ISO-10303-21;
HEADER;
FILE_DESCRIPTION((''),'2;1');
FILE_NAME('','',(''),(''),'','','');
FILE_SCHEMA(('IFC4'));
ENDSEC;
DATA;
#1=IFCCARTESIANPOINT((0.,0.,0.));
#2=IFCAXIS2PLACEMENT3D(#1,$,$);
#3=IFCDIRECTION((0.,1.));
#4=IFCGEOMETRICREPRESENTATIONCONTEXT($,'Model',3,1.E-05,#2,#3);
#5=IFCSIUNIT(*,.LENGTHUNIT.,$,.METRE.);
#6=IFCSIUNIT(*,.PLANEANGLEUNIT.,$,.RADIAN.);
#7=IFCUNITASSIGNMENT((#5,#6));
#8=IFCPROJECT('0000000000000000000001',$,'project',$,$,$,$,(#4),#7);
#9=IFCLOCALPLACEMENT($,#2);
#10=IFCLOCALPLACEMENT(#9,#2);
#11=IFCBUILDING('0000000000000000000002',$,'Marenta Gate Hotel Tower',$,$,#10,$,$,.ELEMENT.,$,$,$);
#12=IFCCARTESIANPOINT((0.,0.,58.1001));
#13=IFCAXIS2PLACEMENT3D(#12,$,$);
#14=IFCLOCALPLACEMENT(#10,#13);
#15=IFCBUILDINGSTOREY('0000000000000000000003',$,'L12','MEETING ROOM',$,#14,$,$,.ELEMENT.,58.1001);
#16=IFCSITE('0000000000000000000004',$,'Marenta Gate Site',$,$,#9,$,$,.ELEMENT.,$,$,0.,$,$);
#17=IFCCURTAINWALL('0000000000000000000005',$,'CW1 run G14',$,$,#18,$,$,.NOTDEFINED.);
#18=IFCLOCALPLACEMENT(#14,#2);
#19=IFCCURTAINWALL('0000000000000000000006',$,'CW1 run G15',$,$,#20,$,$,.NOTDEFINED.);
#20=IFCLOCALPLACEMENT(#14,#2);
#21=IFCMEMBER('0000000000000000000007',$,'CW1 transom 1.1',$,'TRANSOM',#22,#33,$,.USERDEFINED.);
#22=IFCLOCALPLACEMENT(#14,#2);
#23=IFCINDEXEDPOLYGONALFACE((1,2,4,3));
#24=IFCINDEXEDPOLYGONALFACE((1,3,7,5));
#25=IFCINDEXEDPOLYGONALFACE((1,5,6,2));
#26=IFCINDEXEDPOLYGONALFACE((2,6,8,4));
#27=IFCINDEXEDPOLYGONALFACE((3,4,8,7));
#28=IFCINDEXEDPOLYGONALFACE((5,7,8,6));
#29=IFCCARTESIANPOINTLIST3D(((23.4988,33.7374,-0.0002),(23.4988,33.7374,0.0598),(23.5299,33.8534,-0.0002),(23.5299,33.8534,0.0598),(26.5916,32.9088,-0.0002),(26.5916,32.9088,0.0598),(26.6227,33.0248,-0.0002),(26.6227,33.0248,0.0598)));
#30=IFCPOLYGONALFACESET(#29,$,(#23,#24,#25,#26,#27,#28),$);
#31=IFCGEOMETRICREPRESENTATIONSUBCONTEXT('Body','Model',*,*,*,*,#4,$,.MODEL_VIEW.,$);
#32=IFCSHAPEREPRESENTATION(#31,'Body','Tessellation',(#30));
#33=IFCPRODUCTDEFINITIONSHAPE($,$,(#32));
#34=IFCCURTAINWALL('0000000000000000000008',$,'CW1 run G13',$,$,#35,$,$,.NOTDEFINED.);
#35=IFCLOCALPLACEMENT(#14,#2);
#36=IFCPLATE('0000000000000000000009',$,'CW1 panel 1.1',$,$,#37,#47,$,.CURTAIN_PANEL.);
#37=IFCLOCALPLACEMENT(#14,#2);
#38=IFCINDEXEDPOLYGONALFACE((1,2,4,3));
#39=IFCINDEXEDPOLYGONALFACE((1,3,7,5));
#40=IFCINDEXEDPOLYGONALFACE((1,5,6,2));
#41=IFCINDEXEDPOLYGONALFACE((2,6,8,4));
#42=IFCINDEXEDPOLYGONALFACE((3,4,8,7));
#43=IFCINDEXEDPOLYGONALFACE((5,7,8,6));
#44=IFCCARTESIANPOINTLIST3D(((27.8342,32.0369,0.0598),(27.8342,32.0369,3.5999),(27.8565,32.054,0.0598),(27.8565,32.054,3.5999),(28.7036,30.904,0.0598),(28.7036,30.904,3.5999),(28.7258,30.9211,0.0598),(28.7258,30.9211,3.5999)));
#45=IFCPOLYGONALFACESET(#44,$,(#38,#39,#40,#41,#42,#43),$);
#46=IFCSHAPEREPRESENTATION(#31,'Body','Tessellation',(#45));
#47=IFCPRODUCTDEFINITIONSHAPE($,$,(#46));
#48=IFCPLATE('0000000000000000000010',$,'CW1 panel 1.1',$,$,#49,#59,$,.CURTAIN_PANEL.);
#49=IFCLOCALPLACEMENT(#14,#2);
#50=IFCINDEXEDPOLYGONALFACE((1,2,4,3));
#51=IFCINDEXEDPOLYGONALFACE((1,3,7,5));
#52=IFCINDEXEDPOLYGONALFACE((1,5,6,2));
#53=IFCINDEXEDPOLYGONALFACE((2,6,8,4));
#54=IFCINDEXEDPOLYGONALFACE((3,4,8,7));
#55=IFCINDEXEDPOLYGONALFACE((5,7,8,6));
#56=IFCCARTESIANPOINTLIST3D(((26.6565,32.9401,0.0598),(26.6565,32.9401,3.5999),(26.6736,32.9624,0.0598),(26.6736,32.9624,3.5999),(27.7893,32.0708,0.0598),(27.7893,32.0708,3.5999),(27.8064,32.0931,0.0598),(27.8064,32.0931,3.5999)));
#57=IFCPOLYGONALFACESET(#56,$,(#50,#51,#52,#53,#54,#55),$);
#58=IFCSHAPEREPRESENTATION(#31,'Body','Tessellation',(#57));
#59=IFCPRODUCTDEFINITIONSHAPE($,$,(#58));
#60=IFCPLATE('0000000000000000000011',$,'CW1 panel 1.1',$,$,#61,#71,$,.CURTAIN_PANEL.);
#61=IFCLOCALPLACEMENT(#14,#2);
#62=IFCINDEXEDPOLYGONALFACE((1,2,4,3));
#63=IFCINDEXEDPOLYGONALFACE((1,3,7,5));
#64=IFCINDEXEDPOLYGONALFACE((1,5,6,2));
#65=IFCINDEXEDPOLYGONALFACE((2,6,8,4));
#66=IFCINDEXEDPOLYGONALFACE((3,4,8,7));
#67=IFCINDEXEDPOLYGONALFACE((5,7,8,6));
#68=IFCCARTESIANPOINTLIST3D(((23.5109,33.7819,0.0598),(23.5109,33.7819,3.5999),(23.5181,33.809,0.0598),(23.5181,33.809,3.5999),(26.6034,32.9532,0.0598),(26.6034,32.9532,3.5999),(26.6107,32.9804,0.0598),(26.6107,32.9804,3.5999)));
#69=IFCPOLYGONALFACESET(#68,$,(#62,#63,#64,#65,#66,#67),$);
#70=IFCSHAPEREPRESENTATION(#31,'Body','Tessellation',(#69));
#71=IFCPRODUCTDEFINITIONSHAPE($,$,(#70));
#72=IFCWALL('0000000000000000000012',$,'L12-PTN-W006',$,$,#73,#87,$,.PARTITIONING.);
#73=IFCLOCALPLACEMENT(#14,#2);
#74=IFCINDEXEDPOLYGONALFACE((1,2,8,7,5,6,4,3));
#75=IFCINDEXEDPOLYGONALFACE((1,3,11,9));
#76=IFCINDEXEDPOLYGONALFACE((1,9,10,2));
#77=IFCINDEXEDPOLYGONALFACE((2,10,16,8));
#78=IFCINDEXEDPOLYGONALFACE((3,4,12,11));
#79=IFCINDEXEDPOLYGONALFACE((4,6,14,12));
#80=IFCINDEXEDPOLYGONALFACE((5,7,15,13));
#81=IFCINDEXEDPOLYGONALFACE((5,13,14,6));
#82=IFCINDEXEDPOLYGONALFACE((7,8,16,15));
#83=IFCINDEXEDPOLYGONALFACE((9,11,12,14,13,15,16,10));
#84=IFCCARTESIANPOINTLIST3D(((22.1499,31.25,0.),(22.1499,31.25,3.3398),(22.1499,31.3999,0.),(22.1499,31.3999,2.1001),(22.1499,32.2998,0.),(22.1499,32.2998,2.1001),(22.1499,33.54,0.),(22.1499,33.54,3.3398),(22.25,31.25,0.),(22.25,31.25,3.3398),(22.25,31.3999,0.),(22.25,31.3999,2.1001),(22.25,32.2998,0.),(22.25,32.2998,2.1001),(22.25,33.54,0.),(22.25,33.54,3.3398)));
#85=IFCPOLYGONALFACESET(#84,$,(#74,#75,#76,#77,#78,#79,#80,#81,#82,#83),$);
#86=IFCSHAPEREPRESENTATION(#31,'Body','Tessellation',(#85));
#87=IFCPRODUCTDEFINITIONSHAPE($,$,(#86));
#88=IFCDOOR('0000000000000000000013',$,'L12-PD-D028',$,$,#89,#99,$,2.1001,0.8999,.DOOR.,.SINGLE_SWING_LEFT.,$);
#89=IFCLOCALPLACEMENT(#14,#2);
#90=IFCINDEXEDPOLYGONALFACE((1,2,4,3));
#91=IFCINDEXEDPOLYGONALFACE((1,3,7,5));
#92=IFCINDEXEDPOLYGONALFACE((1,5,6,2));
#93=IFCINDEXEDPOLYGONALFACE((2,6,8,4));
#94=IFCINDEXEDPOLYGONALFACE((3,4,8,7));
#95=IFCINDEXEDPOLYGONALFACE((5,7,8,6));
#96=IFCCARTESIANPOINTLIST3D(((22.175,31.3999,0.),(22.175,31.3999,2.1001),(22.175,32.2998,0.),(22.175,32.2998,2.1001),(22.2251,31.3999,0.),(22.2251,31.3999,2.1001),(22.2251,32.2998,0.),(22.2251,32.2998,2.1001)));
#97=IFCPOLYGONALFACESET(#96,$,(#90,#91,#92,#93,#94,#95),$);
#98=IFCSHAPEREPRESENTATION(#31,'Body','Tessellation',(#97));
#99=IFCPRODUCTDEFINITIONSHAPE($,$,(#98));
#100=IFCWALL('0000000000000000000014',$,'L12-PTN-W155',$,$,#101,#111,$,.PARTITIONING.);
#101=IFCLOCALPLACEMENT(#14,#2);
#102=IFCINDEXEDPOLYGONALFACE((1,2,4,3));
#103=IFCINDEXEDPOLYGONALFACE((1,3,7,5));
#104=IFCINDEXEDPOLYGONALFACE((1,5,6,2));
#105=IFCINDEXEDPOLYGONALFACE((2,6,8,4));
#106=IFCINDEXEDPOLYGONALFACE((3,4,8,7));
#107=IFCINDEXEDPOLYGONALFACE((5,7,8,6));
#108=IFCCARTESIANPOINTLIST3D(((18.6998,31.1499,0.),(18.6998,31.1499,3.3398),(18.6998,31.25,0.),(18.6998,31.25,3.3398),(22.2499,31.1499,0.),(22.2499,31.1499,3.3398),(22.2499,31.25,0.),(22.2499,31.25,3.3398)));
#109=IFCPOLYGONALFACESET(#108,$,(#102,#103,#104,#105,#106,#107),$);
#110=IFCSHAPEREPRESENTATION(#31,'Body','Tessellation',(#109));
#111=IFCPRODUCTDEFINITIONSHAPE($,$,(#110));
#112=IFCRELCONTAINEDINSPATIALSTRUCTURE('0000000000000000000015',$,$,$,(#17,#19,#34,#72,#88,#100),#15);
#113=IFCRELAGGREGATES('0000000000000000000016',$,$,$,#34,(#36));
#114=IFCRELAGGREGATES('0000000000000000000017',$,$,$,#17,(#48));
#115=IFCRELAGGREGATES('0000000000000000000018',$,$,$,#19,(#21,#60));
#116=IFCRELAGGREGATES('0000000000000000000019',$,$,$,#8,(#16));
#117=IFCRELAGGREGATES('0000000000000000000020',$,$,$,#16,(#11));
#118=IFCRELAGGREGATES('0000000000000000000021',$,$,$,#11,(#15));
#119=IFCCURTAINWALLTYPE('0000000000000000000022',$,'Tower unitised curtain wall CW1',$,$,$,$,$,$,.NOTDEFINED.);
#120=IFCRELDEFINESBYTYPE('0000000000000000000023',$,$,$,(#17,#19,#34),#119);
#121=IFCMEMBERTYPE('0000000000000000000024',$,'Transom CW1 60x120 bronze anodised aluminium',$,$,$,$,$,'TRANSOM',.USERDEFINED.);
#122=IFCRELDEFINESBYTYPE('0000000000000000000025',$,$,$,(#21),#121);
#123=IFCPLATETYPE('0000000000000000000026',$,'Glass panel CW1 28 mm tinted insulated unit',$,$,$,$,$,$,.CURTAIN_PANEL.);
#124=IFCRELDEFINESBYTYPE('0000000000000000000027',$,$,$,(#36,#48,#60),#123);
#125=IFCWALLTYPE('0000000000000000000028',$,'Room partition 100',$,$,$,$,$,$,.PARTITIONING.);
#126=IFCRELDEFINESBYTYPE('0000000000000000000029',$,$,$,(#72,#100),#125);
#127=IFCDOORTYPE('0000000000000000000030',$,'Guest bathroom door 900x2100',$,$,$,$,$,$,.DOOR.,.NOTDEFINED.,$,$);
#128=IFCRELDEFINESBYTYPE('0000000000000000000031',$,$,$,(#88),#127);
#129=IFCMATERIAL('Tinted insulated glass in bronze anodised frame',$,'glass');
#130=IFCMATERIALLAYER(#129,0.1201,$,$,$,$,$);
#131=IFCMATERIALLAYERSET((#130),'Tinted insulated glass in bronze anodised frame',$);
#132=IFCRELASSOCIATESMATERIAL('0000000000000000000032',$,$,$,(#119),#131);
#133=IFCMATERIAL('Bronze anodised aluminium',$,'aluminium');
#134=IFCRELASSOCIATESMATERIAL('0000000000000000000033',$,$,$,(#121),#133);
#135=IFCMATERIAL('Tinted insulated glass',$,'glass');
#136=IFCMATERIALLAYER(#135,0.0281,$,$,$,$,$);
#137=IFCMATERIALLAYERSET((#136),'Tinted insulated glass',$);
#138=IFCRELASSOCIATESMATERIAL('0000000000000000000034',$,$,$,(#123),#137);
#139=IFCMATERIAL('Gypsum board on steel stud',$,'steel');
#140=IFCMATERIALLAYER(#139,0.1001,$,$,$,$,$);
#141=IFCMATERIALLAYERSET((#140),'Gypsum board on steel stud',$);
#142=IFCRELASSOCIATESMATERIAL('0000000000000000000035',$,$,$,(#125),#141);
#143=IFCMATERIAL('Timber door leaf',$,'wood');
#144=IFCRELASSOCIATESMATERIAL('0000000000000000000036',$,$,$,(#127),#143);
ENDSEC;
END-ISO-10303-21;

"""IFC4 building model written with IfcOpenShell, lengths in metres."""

from ifc_helpers import new_model, si_unit, direction, frame, frame_2d, origin, origin_2d, place, context, subcontext, project, spatial, rectangle, extrude, material, layer, layer_set, material_profile, profile_set, type_object, element, fill, aggregate, save


model = new_model("IFC4")

# Units and contexts
model_context = context("Model", 3, precision=1e-05, world=origin(), true_north=direction((0.0, 1.0)))
body_context = subcontext(model_context, "Body", "Model", "MODEL_VIEW")
ifc_project = project(units=[si_unit("LENGTHUNIT", "METRE"), si_unit("PLANEANGLEUNIT", "RADIAN")], contexts=[model_context])

# Site, building, storey
site_placement = place(None, origin())
site = spatial("IfcSite", under=ifc_project, at=site_placement, Name="Marenta Gate Site", CompositionType="ELEMENT", RefElevation=0.0)
building_placement = place(site_placement, origin())
building = spatial("IfcBuilding", under=site, at=building_placement, Name="Marenta Gate Hotel Tower", CompositionType="ELEMENT")
storey_placement = place(building_placement, frame((0.0, 0.0, 58.1001)))
storey = spatial("IfcBuildingStorey", under=building, at=storey_placement, Name="L12", Description="MEETING ROOM", CompositionType="ELEMENT", Elevation=58.1001)

# Curtain wall
ifc_material_1 = material(Name="Tinted insulated glass in bronze anodised frame", Category="glass")
ifc_layer_1 = layer(ifc_material_1, 0.1201)
ifc_layer_set_1 = layer_set([ifc_layer_1], Name="Tinted insulated glass in bronze anodised frame")
curtain_wall_type = type_object("IfcCurtainWallType", Name="Tower unitised curtain wall CW1", PredefinedType="NOTDEFINED", material=ifc_layer_set_1)
curtain_wall_1_placement = place(storey_placement, origin())
curtain_wall_1 = element("IfcCurtainWall", 1, at=curtain_wall_1_placement, inside=storey, type_object=curtain_wall_type, Name="CW1 run G14", PredefinedType="NOTDEFINED")

# Curtain wall
curtain_wall_2_placement = place(storey_placement, origin())
curtain_wall_2 = element("IfcCurtainWall", 2, at=curtain_wall_2_placement, inside=storey, type_object=curtain_wall_type, Name="CW1 run G15", PredefinedType="NOTDEFINED")

# Member
ifc_material_2 = material(Name="Bronze anodised aluminium", Category="aluminium")
ifc_material_profile_1 = material_profile(ifc_material_2, rectangle(XDim=0.1201, YDim=0.0601, at=origin_2d()), Name="Transom CW1 60x120 bronze anodised aluminium")
ifc_profile_set_1 = profile_set([ifc_material_profile_1], Name="Bronze anodised aluminium")
member_type_1 = type_object("IfcMemberType", Name="Transom CW1 60x120 bronze anodised aluminium", ElementType="TRANSOM", PredefinedType="USERDEFINED", material=ifc_profile_set_1)
member_1_placement = place(storey_placement, frame((26.6072, 32.9668, 0.0298), z_axis=(-0.965933, 0.258792, 0.0), x_axis=(-0.258792, -0.965933, 0.0)))
member_1 = element("IfcMember", 3, at=member_1_placement, type_object=member_type_1, Name="CW1 transom 1.1", ObjectType="TRANSOM", PredefinedType="USERDEFINED", context=body_context, shape_type="SweptSolid", body=[
    extrude(rectangle(XDim=0.1201, YDim=0.0601, at=origin_2d()), origin(), (0.0, 0.0, 1.0), 3.2019),
])

# Curtain wall, plate
curtain_wall_3_placement = place(storey_placement, origin())
curtain_wall_3 = element("IfcCurtainWall", 4, at=curtain_wall_3_placement, inside=storey, type_object=curtain_wall_type, Name="CW1 run G13", PredefinedType="NOTDEFINED")
ifc_material_3 = material(Name="Tinted insulated glass", Category="glass")
ifc_layer_2 = layer(ifc_material_3, 0.0281)
ifc_layer_set_2 = layer_set([ifc_layer_2], Name="Tinted insulated glass")
plate_type = type_object("IfcPlateType", Name="Glass panel CW1 28 mm tinted insulated unit", PredefinedType="CURTAIN_PANEL", material=ifc_layer_set_2)
plate_1_placement = place(storey_placement, frame((28.28, 31.479, 0.0598), z_axis=(0.0, 0.0, 1.0), x_axis=(-0.608781, 0.793338, 0.0)))
plate_1 = element("IfcPlate", 5, at=plate_1_placement, type_object=plate_type, Name="CW1 panel 1.1", PredefinedType="CURTAIN_PANEL", context=body_context, shape_type="SweptSolid", body=[
    extrude(rectangle(XDim=1.428, YDim=0.0281, at=origin_2d()), origin(), (0.0, 0.0, 1.0), 3.54),
])
aggregate(curtain_wall_3, [plate_1])

# Plates
plate_2_placement = place(storey_placement, frame((27.2314, 32.5166, 0.0598), z_axis=(0.0, 0.0, 1.0), x_axis=(-0.793338, 0.608781, 0.0)))
plate_2 = element("IfcPlate", 6, at=plate_2_placement, type_object=plate_type, Name="CW1 panel 1.1", PredefinedType="CURTAIN_PANEL", context=body_context, shape_type="SweptSolid", body=[
    extrude(rectangle(XDim=1.428, YDim=0.0281, at=origin_2d()), origin(), (0.0, 0.0, 1.0), 3.54),
])
aggregate(curtain_wall_1, [plate_2])
plate_3_placement = place(storey_placement, frame((25.0608, 33.3811, 0.0598), z_axis=(0.0, 0.0, 1.0), x_axis=(-0.965929, 0.258807, 0.0)))
plate_3 = element("IfcPlate", 7, at=plate_3_placement, type_object=plate_type, Name="CW1 panel 1.1", PredefinedType="CURTAIN_PANEL", context=body_context, shape_type="SweptSolid", body=[
    extrude(rectangle(XDim=3.2017, YDim=0.0281, at=origin_2d()), origin(), (0.0, 0.0, 1.0), 3.54),
])
aggregate(curtain_wall_2, [member_1, plate_3])

# Wall, opening, door
ifc_material_4 = material(Name="Gypsum board on steel stud", Category="steel")
ifc_layer_3 = layer(ifc_material_4, 0.1001)
ifc_layer_set_3 = layer_set([ifc_layer_3], Name="Gypsum board on steel stud")
wall_type_1 = type_object("IfcWallType", Name="Room partition 100", PredefinedType="PARTITIONING", material=ifc_layer_set_3)
wall_1_placement = place(storey_placement, frame((22.2, 31.25, 0.0), z_axis=(0.0, 0.0, 1.0), x_axis=(0.0, 1.0, 0.0)))
wall_1 = element("IfcWall", 8, at=wall_1_placement, inside=storey, type_object=wall_type_1, Name="L12-PTN-W006", PredefinedType="PARTITIONING", context=body_context, shape_type="SweptSolid", body=[
    extrude(rectangle(XDim=2.29, YDim=0.1001, at=frame_2d((1.145, 0.0))), origin(), (0.0, 0.0, 1.0), 3.3398),
])
opening_1_placement = place(wall_1_placement, frame((0.1499, 0.0, 0.0)))
opening_1 = element("IfcOpeningElement", 9, at=opening_1_placement, cuts=wall_1, PredefinedType="OPENING", context=body_context, shape_type="SweptSolid", body=[
    extrude(rectangle(XDim=0.8999, YDim=2.1001, at=frame_2d((0.45, 1.05))), frame((0.0, 0.05, 0.0), z_axis=(0.0, -1.0, 0.0), x_axis=(1.0, 0.0, 0.0)), (0.0, 0.0, 1.0), 0.1001),
])
ifc_material_5 = material(Name="Timber door leaf", Category="wood")
door_type = type_object("IfcDoorType", Name="Guest bathroom door 900x2100", OperationType="NOTDEFINED", PredefinedType="DOOR", material=ifc_material_5)
door_placement = place(opening_1_placement, origin())
door = element("IfcDoor", 10, at=door_placement, inside=storey, type_object=door_type, Name="L12-PD-D028", OperationType="SINGLE_SWING_LEFT", OverallHeight=2.1001, OverallWidth=0.8999, PredefinedType="DOOR", context=body_context, shape_type="SweptSolid", body=[
    extrude(rectangle(XDim=0.8999, YDim=2.1001, at=frame_2d((0.45, 1.05))), frame((0.0, 0.0249, 0.0), z_axis=(0.0, -1.0, 0.0), x_axis=(1.0, 0.0, 0.0)), (0.0, 0.0, 1.0), 0.05),
])
fill(opening_1, door)

# Wall
wall_2_placement = place(storey_placement, frame((18.7, 31.2, 0.0), z_axis=(0.0, 0.0, 1.0), x_axis=(1.0, 0.0, 0.0)))
element("IfcWall", 11, at=wall_2_placement, inside=storey, type_object=wall_type_1, Name="L12-PTN-W155", PredefinedType="PARTITIONING", context=body_context, shape_type="SweptSolid", body=[
    extrude(rectangle(XDim=3.55, YDim=0.1001, at=frame_2d((1.7749, 0.0))), origin(), (0.0, 0.0, 1.0), 3.3398),
])

save(model, "model.ifc")
